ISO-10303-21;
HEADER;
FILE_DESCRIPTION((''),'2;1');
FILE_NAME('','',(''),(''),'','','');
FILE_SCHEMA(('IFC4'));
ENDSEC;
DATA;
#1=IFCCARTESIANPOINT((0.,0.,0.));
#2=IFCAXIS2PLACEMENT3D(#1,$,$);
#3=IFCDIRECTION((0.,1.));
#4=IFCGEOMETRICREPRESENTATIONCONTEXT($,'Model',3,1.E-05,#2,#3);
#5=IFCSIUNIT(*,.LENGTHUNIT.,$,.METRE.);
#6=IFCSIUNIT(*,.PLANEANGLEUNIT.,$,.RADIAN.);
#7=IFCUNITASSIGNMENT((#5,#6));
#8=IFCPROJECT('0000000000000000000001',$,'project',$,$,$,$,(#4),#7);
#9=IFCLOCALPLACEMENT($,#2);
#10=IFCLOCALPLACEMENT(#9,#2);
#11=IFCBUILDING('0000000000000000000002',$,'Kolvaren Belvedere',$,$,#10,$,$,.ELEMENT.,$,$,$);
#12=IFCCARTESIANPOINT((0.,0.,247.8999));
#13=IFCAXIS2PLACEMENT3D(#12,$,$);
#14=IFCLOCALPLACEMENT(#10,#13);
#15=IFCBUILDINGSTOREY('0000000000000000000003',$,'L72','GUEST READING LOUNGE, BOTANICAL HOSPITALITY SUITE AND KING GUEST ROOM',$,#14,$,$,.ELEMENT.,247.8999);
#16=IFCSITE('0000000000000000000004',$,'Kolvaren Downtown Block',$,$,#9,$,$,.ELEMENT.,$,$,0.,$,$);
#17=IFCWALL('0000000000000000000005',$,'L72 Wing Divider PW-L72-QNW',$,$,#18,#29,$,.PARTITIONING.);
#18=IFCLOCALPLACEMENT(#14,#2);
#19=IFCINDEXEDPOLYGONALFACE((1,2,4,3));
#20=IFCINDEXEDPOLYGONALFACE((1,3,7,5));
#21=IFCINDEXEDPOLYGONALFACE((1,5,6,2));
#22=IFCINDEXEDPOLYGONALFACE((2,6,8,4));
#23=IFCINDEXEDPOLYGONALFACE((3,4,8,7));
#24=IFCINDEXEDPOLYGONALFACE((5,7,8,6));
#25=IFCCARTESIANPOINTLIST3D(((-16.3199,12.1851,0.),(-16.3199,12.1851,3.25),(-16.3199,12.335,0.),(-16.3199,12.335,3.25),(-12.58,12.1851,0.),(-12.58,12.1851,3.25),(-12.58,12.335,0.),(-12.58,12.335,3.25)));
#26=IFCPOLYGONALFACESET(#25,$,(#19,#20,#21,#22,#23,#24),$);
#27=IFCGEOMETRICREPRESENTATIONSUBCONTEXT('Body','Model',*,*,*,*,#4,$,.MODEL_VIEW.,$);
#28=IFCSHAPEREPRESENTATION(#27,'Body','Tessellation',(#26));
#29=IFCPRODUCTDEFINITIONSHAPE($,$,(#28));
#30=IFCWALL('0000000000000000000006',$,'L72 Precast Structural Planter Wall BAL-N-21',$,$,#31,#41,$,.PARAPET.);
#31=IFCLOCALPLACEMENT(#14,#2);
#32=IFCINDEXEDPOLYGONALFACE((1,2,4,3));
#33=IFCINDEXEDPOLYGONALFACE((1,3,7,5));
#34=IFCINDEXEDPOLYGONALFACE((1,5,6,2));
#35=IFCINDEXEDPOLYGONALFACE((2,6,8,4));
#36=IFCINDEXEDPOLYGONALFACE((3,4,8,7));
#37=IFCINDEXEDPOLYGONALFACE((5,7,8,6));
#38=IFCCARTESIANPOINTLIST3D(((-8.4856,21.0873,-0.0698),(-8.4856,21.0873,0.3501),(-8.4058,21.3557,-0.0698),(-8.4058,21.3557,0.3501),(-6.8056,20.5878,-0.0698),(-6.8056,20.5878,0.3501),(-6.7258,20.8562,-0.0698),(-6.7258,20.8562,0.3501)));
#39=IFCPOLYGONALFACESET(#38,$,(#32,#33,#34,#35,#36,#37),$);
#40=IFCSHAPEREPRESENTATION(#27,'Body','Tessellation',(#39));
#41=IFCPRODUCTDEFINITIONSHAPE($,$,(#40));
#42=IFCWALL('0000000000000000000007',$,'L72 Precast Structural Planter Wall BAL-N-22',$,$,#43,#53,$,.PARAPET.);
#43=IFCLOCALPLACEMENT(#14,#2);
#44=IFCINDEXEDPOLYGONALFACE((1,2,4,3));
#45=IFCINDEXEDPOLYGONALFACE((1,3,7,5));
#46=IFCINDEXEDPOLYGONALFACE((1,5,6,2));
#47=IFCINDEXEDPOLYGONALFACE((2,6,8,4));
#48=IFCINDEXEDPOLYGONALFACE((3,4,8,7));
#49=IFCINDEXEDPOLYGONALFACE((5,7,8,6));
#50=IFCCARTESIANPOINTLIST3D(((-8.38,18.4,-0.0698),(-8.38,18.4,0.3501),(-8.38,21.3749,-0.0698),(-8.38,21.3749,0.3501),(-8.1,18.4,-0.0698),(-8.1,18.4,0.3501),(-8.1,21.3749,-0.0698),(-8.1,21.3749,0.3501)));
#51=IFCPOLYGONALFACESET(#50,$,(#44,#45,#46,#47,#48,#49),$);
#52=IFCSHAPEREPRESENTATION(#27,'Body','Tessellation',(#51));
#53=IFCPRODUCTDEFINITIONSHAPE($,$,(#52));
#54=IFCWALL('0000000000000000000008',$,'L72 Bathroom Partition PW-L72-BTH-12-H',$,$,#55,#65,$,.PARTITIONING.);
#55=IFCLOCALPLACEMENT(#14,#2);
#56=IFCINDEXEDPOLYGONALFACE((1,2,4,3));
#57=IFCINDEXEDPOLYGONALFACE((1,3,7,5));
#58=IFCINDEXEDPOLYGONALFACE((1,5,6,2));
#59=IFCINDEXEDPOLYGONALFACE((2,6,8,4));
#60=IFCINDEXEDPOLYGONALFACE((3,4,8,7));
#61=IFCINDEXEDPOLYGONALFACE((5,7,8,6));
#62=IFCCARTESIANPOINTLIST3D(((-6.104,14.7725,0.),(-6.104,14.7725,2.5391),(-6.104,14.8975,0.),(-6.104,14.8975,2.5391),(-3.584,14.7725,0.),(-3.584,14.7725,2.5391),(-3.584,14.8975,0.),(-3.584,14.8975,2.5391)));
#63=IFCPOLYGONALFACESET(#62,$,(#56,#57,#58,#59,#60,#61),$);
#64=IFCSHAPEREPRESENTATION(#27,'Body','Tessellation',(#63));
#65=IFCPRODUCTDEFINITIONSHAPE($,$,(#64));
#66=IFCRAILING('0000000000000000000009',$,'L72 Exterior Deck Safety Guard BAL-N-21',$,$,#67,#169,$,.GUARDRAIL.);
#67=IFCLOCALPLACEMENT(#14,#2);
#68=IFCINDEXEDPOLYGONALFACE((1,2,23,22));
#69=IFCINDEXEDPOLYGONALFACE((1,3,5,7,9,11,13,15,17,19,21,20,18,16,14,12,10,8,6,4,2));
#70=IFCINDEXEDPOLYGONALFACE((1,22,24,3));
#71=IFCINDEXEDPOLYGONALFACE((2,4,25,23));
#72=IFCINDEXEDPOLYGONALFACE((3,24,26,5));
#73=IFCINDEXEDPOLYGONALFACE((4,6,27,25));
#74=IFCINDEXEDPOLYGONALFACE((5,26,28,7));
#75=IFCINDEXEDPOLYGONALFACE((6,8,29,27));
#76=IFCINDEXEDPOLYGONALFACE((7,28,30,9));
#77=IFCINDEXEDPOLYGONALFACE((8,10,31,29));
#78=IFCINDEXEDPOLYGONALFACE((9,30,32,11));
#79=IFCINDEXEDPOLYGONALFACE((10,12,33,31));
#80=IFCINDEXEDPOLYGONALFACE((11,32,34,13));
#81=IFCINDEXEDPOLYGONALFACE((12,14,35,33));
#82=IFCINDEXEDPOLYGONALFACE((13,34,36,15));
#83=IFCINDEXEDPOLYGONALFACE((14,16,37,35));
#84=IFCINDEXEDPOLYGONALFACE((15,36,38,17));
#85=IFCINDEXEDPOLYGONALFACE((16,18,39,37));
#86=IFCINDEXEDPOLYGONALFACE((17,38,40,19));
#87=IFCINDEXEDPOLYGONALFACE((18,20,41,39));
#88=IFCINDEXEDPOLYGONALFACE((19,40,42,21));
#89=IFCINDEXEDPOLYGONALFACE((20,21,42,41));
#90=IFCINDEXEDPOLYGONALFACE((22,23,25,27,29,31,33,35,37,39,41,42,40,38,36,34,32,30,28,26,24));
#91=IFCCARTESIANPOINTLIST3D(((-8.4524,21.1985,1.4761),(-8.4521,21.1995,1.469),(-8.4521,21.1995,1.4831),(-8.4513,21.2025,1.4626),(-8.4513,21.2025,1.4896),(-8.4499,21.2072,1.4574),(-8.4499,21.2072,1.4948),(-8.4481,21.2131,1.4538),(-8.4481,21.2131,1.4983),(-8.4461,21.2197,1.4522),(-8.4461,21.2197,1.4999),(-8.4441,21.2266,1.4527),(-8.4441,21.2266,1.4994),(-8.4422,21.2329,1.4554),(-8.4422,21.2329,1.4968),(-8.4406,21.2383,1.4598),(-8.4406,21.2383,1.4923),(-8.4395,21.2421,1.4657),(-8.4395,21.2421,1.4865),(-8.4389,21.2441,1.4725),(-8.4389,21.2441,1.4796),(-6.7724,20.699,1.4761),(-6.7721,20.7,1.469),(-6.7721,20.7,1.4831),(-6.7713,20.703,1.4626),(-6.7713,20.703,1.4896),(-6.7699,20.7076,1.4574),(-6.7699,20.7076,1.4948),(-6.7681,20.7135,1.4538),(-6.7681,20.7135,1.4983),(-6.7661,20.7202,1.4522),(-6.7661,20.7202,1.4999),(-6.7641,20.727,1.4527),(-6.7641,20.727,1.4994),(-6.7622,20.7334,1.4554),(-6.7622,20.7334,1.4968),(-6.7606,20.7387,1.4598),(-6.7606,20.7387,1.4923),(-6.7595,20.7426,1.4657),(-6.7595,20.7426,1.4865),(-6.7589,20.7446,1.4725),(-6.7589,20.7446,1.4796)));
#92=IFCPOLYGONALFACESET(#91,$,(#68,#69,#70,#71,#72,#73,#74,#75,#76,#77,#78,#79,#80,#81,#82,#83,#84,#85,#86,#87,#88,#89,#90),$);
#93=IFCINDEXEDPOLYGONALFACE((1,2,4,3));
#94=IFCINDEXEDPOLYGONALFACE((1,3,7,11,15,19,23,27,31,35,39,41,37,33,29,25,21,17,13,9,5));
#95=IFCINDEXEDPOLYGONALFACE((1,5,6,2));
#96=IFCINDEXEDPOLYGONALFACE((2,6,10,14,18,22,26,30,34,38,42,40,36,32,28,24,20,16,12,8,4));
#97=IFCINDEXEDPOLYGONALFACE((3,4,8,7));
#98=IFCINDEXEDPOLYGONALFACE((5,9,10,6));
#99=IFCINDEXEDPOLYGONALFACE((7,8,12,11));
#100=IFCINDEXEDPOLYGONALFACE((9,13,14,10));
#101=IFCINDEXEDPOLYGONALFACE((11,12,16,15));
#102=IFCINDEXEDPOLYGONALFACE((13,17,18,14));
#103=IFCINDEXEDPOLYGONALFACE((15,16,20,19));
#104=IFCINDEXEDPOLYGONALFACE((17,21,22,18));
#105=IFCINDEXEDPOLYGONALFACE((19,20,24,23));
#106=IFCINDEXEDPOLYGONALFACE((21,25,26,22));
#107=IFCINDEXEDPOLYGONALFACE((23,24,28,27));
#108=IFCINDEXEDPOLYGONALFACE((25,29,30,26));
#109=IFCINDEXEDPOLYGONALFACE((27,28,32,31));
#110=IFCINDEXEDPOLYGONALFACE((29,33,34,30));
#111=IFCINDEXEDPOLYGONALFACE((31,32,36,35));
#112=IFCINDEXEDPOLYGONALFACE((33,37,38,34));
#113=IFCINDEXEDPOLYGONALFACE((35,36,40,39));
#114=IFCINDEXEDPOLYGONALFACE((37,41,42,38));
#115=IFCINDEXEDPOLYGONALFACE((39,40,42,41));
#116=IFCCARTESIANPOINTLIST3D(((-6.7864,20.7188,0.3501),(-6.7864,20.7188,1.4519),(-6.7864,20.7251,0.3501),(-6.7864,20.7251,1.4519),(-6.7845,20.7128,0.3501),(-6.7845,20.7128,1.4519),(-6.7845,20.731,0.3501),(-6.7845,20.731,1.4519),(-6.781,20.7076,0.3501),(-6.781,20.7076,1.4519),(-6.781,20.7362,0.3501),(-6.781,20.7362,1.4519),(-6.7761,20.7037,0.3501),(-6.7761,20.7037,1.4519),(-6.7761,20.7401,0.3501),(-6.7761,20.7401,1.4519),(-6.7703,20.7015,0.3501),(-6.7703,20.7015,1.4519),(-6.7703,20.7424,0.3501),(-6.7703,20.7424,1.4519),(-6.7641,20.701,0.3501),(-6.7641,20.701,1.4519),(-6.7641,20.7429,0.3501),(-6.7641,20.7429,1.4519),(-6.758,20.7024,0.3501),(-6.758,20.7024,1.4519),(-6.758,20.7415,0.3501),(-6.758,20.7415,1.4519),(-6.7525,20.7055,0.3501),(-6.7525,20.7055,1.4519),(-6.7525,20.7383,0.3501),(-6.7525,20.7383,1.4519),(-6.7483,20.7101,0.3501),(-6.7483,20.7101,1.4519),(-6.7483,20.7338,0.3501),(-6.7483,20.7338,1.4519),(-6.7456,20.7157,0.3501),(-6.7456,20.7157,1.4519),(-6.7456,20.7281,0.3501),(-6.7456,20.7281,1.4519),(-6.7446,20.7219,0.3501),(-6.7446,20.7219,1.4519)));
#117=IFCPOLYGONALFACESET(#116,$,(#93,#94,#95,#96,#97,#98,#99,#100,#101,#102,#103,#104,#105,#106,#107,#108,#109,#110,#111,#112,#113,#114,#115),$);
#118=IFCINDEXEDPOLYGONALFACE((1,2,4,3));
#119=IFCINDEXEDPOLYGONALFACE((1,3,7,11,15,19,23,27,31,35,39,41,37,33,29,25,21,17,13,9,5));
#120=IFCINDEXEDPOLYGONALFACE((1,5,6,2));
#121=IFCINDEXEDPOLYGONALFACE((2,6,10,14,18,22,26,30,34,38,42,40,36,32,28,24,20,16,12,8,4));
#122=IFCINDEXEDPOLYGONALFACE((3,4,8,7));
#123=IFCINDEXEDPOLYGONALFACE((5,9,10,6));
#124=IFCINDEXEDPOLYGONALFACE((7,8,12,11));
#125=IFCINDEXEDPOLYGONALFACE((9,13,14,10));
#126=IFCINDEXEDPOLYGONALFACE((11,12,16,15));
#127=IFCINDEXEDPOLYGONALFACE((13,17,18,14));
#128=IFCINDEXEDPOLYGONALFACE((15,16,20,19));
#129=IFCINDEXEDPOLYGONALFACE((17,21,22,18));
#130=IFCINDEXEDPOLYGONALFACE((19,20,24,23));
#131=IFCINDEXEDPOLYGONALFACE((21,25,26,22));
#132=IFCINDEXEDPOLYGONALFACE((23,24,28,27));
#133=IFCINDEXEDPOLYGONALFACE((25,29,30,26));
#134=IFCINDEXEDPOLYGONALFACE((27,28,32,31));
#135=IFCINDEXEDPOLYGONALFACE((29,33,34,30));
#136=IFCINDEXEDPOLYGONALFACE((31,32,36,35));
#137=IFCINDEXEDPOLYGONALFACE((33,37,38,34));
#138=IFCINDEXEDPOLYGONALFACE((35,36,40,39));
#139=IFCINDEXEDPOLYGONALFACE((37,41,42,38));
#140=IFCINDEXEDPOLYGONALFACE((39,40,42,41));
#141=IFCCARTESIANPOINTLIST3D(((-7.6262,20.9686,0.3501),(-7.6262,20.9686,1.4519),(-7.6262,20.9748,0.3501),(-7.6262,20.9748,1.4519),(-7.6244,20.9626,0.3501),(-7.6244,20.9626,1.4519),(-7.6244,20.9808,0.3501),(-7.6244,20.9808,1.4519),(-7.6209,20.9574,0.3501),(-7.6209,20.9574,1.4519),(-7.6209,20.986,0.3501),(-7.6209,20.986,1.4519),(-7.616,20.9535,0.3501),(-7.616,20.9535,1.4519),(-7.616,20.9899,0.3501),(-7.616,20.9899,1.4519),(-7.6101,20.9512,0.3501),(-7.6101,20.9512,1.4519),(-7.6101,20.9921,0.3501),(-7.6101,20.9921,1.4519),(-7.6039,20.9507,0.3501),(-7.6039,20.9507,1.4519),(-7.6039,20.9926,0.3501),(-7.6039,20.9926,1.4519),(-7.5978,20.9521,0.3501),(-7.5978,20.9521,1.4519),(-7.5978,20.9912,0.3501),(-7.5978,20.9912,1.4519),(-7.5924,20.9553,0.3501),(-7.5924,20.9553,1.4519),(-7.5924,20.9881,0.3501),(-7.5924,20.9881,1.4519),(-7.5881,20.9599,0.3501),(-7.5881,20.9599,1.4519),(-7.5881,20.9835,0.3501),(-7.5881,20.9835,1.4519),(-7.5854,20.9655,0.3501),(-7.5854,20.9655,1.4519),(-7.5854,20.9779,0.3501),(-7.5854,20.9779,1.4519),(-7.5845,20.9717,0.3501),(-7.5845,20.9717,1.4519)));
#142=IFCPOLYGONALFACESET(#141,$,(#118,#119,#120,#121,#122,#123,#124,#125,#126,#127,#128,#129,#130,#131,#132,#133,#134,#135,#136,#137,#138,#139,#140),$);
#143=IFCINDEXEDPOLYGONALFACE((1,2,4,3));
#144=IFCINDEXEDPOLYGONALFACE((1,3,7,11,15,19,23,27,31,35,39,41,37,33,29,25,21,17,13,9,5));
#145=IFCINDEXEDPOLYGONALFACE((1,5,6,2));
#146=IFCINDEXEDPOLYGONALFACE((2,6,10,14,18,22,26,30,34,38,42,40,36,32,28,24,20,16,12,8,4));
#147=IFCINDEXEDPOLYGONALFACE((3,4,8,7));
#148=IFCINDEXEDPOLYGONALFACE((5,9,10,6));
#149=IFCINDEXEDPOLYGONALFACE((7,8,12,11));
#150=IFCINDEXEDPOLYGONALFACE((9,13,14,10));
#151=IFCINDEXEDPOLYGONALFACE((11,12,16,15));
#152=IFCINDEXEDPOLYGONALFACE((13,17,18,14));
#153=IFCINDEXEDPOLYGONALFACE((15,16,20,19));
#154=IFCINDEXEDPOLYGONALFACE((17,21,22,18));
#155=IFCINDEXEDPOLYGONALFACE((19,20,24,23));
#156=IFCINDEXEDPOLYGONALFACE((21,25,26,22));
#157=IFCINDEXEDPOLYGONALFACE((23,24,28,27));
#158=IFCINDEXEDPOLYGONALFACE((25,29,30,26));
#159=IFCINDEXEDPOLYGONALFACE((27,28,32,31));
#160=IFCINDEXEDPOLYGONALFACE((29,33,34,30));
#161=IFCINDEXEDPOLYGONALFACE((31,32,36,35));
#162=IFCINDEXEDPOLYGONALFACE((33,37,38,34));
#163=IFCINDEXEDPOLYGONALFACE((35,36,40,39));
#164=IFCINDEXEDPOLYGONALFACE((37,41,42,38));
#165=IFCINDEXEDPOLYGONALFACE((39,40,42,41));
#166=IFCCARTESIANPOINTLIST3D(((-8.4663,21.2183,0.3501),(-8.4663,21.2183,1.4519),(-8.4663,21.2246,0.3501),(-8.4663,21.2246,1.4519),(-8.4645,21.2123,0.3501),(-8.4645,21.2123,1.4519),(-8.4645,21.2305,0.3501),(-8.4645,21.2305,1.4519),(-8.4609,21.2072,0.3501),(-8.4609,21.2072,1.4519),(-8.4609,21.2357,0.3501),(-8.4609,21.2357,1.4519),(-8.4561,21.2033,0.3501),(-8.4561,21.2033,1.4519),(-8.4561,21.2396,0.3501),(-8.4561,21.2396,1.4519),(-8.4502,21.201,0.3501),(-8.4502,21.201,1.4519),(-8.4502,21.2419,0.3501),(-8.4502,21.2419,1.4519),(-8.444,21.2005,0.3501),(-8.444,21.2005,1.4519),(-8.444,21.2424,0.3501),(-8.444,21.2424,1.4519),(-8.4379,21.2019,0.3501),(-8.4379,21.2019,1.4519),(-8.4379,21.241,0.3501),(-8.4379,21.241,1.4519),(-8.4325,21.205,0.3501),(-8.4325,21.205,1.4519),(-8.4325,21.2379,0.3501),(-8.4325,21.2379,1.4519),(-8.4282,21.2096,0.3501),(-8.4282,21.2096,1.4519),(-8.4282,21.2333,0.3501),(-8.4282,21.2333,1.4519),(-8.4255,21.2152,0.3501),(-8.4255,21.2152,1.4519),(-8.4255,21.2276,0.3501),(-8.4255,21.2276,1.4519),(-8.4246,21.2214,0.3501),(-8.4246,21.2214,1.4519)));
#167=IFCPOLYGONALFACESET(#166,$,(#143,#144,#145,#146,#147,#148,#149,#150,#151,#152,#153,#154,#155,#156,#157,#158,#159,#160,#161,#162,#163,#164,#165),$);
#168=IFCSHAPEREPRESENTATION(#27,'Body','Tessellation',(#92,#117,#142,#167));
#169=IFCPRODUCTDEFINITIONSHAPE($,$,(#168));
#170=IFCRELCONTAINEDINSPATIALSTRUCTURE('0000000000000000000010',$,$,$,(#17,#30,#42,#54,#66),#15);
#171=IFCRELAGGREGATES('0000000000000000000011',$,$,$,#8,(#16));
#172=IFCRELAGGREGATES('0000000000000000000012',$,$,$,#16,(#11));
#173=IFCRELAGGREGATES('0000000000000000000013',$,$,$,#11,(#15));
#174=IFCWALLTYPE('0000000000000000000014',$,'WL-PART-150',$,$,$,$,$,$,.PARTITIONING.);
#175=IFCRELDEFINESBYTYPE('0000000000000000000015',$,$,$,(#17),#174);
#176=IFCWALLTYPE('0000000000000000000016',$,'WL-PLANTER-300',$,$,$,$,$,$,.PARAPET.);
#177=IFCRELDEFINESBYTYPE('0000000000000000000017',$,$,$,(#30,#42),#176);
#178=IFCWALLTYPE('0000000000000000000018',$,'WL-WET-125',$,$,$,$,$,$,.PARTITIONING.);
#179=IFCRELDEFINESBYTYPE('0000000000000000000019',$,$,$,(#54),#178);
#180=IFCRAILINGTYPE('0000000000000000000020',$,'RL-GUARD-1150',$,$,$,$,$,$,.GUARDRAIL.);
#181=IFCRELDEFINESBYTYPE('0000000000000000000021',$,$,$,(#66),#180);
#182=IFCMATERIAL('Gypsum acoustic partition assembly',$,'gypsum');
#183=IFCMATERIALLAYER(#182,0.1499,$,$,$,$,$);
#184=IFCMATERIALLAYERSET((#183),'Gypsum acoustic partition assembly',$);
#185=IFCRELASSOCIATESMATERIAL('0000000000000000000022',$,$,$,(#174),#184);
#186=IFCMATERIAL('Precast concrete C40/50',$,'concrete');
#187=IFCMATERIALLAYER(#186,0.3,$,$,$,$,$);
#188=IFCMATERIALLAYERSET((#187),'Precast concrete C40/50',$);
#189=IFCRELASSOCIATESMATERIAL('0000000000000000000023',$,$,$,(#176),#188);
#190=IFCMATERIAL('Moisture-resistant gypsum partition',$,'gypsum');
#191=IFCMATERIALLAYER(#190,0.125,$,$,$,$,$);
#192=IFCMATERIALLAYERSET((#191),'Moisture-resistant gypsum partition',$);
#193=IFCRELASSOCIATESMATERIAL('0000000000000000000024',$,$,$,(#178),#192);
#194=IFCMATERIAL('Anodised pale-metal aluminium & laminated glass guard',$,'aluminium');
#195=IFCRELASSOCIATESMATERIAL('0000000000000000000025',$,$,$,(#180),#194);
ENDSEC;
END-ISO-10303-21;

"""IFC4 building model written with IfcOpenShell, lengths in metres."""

from ifc_helpers import new_model, si_unit, direction, frame, frame_2d, origin, origin_2d, place, context, subcontext, project, spatial, rectangle, circle, extrude, material, layer, layer_set, type_object, element, save


model = new_model("IFC4")

# Units and contexts
model_context = context("Model", 3, precision=1e-05, world=origin(), true_north=direction((0.0, 1.0)))
body_context = subcontext(model_context, "Body", "Model", "MODEL_VIEW")
ifc_project = project(units=[si_unit("LENGTHUNIT", "METRE"), si_unit("PLANEANGLEUNIT", "RADIAN")], contexts=[model_context])

# Site, building, storey
site_placement = place(None, origin())
site = spatial("IfcSite", under=ifc_project, at=site_placement, Name="Kolvaren Downtown Block", CompositionType="ELEMENT", RefElevation=0.0)
building_placement = place(site_placement, origin())
building = spatial("IfcBuilding", under=site, at=building_placement, Name="Kolvaren Belvedere", CompositionType="ELEMENT")
storey_placement = place(building_placement, frame((0.0, 0.0, 247.8999)))
storey = spatial("IfcBuildingStorey", under=building, at=storey_placement, Name="L72", Description="GUEST READING LOUNGE, BOTANICAL HOSPITALITY SUITE AND KING GUEST ROOM", CompositionType="ELEMENT", Elevation=247.8999)

# Walls
ifc_material_1 = material(Name="Gypsum acoustic partition assembly", Category="gypsum")
ifc_layer_1 = layer(ifc_material_1, 0.1499)
ifc_layer_set_1 = layer_set([ifc_layer_1], Name="Gypsum acoustic partition assembly")
wall_type_1 = type_object("IfcWallType", Name="WL-PART-150", PredefinedType="PARTITIONING", material=ifc_layer_set_1)
wall_1_placement = place(storey_placement, frame((-16.3201, 12.26, 0.0), z_axis=(0.0, 0.0, 1.0), x_axis=(1.0, 0.0, 0.0)))
element("IfcWall", 1, at=wall_1_placement, inside=storey, type_object=wall_type_1, Name="L72 Wing Divider PW-L72-QNW", PredefinedType="PARTITIONING", context=body_context, shape_type="SweptSolid", body=[
    extrude(rectangle(XDim=3.74, YDim=0.1499, at=frame_2d((1.8701, 0.0))), origin(), (0.0, 0.0, 1.0), 3.25),
])
ifc_material_2 = material(Name="Precast concrete C40/50", Category="concrete")
ifc_layer_2 = layer(ifc_material_2, 0.3)
ifc_layer_set_2 = layer_set([ifc_layer_2], Name="Precast concrete C40/50")
wall_type_2 = type_object("IfcWallType", Name="WL-PLANTER-300", PredefinedType="PARAPET", material=ifc_layer_set_2)
wall_2_placement = place(storey_placement, frame((-6.7656, 20.7219, -0.0698), z_axis=(0.0, 0.0, 1.0), x_axis=(-0.958525, 0.285008, 0.0)))
element("IfcWall", 2, at=wall_2_placement, inside=storey, type_object=wall_type_2, Name="L72 Precast Structural Planter Wall BAL-N-21", PredefinedType="PARAPET", context=body_context, shape_type="SweptSolid", body=[
    extrude(rectangle(XDim=1.7527, YDim=0.28, at=frame_2d((0.8765, 0.0))), origin(), (0.0, 0.0, 1.0), 0.4199),
])
wall_3_placement = place(storey_placement, frame((-8.24, 21.3748, -0.0698), z_axis=(0.0, 0.0, 1.0), x_axis=(0.0, -1.0, 0.0)))
element("IfcWall", 3, at=wall_3_placement, inside=storey, type_object=wall_type_2, Name="L72 Precast Structural Planter Wall BAL-N-22", PredefinedType="PARAPET", context=body_context, shape_type="SweptSolid", body=[
    extrude(rectangle(XDim=2.9749, YDim=0.28, at=frame_2d((1.4873, 0.0))), origin(), (0.0, 0.0, 1.0), 0.4199),
])
ifc_material_3 = material(Name="Moisture-resistant gypsum partition", Category="gypsum")
ifc_layer_3 = layer(ifc_material_3, 0.125)
ifc_layer_set_3 = layer_set([ifc_layer_3], Name="Moisture-resistant gypsum partition")
wall_type_3 = type_object("IfcWallType", Name="WL-WET-125", PredefinedType="PARTITIONING", material=ifc_layer_set_3)
wall_4_placement = place(storey_placement, frame((-6.104, 14.835, 0.0), z_axis=(0.0, 0.0, 1.0), x_axis=(1.0, 0.0, 0.0)))
element("IfcWall", 4, at=wall_4_placement, inside=storey, type_object=wall_type_3, Name="L72 Bathroom Partition PW-L72-BTH-12-H", PredefinedType="PARTITIONING", context=body_context, shape_type="SweptSolid", body=[
    extrude(rectangle(XDim=2.52, YDim=0.125, at=frame_2d((1.26, 0.0))), origin(), (0.0, 0.0, 1.0), 2.5391),
])

# Railing
ifc_material_4 = material(Name="Anodised pale-metal aluminium & laminated glass guard", Category="aluminium")
railing_type = type_object("IfcRailingType", Name="RL-GUARD-1150", PredefinedType="GUARDRAIL", material=ifc_material_4)
railing_1_placement = place(storey_placement, frame((-6.7656, 20.7219, 0.3501)))
element("IfcRailing", 5, at=railing_1_placement, inside=storey, type_object=railing_type, Name="L72 Exterior Deck Safety Guard BAL-N-21", PredefinedType="GUARDRAIL", context=body_context, shape_type="SweptSolid", body=[
    extrude(circle(Radius=0.0239, at=origin_2d()), frame((0.0, 0.0, 1.126), z_axis=(-0.958525, 0.285008, 0.0), x_axis=(-0.285008, -0.958525, 0.0)), (0.0, 0.0, 1.0), 1.7527),
    extrude(circle(Radius=0.021, at=origin_2d()), origin(), (0.0, 0.0, 1.0), 1.1018),
    extrude(circle(Radius=0.021, at=origin_2d()), frame((-0.8398, 0.2498, 0.0)), (0.0, 0.0, 1.0), 1.1018),
    extrude(circle(Radius=0.021, at=origin_2d()), frame((-1.6799, 0.4995, 0.0)), (0.0, 0.0, 1.0), 1.1018),
])

save(model, "model.ifc")
